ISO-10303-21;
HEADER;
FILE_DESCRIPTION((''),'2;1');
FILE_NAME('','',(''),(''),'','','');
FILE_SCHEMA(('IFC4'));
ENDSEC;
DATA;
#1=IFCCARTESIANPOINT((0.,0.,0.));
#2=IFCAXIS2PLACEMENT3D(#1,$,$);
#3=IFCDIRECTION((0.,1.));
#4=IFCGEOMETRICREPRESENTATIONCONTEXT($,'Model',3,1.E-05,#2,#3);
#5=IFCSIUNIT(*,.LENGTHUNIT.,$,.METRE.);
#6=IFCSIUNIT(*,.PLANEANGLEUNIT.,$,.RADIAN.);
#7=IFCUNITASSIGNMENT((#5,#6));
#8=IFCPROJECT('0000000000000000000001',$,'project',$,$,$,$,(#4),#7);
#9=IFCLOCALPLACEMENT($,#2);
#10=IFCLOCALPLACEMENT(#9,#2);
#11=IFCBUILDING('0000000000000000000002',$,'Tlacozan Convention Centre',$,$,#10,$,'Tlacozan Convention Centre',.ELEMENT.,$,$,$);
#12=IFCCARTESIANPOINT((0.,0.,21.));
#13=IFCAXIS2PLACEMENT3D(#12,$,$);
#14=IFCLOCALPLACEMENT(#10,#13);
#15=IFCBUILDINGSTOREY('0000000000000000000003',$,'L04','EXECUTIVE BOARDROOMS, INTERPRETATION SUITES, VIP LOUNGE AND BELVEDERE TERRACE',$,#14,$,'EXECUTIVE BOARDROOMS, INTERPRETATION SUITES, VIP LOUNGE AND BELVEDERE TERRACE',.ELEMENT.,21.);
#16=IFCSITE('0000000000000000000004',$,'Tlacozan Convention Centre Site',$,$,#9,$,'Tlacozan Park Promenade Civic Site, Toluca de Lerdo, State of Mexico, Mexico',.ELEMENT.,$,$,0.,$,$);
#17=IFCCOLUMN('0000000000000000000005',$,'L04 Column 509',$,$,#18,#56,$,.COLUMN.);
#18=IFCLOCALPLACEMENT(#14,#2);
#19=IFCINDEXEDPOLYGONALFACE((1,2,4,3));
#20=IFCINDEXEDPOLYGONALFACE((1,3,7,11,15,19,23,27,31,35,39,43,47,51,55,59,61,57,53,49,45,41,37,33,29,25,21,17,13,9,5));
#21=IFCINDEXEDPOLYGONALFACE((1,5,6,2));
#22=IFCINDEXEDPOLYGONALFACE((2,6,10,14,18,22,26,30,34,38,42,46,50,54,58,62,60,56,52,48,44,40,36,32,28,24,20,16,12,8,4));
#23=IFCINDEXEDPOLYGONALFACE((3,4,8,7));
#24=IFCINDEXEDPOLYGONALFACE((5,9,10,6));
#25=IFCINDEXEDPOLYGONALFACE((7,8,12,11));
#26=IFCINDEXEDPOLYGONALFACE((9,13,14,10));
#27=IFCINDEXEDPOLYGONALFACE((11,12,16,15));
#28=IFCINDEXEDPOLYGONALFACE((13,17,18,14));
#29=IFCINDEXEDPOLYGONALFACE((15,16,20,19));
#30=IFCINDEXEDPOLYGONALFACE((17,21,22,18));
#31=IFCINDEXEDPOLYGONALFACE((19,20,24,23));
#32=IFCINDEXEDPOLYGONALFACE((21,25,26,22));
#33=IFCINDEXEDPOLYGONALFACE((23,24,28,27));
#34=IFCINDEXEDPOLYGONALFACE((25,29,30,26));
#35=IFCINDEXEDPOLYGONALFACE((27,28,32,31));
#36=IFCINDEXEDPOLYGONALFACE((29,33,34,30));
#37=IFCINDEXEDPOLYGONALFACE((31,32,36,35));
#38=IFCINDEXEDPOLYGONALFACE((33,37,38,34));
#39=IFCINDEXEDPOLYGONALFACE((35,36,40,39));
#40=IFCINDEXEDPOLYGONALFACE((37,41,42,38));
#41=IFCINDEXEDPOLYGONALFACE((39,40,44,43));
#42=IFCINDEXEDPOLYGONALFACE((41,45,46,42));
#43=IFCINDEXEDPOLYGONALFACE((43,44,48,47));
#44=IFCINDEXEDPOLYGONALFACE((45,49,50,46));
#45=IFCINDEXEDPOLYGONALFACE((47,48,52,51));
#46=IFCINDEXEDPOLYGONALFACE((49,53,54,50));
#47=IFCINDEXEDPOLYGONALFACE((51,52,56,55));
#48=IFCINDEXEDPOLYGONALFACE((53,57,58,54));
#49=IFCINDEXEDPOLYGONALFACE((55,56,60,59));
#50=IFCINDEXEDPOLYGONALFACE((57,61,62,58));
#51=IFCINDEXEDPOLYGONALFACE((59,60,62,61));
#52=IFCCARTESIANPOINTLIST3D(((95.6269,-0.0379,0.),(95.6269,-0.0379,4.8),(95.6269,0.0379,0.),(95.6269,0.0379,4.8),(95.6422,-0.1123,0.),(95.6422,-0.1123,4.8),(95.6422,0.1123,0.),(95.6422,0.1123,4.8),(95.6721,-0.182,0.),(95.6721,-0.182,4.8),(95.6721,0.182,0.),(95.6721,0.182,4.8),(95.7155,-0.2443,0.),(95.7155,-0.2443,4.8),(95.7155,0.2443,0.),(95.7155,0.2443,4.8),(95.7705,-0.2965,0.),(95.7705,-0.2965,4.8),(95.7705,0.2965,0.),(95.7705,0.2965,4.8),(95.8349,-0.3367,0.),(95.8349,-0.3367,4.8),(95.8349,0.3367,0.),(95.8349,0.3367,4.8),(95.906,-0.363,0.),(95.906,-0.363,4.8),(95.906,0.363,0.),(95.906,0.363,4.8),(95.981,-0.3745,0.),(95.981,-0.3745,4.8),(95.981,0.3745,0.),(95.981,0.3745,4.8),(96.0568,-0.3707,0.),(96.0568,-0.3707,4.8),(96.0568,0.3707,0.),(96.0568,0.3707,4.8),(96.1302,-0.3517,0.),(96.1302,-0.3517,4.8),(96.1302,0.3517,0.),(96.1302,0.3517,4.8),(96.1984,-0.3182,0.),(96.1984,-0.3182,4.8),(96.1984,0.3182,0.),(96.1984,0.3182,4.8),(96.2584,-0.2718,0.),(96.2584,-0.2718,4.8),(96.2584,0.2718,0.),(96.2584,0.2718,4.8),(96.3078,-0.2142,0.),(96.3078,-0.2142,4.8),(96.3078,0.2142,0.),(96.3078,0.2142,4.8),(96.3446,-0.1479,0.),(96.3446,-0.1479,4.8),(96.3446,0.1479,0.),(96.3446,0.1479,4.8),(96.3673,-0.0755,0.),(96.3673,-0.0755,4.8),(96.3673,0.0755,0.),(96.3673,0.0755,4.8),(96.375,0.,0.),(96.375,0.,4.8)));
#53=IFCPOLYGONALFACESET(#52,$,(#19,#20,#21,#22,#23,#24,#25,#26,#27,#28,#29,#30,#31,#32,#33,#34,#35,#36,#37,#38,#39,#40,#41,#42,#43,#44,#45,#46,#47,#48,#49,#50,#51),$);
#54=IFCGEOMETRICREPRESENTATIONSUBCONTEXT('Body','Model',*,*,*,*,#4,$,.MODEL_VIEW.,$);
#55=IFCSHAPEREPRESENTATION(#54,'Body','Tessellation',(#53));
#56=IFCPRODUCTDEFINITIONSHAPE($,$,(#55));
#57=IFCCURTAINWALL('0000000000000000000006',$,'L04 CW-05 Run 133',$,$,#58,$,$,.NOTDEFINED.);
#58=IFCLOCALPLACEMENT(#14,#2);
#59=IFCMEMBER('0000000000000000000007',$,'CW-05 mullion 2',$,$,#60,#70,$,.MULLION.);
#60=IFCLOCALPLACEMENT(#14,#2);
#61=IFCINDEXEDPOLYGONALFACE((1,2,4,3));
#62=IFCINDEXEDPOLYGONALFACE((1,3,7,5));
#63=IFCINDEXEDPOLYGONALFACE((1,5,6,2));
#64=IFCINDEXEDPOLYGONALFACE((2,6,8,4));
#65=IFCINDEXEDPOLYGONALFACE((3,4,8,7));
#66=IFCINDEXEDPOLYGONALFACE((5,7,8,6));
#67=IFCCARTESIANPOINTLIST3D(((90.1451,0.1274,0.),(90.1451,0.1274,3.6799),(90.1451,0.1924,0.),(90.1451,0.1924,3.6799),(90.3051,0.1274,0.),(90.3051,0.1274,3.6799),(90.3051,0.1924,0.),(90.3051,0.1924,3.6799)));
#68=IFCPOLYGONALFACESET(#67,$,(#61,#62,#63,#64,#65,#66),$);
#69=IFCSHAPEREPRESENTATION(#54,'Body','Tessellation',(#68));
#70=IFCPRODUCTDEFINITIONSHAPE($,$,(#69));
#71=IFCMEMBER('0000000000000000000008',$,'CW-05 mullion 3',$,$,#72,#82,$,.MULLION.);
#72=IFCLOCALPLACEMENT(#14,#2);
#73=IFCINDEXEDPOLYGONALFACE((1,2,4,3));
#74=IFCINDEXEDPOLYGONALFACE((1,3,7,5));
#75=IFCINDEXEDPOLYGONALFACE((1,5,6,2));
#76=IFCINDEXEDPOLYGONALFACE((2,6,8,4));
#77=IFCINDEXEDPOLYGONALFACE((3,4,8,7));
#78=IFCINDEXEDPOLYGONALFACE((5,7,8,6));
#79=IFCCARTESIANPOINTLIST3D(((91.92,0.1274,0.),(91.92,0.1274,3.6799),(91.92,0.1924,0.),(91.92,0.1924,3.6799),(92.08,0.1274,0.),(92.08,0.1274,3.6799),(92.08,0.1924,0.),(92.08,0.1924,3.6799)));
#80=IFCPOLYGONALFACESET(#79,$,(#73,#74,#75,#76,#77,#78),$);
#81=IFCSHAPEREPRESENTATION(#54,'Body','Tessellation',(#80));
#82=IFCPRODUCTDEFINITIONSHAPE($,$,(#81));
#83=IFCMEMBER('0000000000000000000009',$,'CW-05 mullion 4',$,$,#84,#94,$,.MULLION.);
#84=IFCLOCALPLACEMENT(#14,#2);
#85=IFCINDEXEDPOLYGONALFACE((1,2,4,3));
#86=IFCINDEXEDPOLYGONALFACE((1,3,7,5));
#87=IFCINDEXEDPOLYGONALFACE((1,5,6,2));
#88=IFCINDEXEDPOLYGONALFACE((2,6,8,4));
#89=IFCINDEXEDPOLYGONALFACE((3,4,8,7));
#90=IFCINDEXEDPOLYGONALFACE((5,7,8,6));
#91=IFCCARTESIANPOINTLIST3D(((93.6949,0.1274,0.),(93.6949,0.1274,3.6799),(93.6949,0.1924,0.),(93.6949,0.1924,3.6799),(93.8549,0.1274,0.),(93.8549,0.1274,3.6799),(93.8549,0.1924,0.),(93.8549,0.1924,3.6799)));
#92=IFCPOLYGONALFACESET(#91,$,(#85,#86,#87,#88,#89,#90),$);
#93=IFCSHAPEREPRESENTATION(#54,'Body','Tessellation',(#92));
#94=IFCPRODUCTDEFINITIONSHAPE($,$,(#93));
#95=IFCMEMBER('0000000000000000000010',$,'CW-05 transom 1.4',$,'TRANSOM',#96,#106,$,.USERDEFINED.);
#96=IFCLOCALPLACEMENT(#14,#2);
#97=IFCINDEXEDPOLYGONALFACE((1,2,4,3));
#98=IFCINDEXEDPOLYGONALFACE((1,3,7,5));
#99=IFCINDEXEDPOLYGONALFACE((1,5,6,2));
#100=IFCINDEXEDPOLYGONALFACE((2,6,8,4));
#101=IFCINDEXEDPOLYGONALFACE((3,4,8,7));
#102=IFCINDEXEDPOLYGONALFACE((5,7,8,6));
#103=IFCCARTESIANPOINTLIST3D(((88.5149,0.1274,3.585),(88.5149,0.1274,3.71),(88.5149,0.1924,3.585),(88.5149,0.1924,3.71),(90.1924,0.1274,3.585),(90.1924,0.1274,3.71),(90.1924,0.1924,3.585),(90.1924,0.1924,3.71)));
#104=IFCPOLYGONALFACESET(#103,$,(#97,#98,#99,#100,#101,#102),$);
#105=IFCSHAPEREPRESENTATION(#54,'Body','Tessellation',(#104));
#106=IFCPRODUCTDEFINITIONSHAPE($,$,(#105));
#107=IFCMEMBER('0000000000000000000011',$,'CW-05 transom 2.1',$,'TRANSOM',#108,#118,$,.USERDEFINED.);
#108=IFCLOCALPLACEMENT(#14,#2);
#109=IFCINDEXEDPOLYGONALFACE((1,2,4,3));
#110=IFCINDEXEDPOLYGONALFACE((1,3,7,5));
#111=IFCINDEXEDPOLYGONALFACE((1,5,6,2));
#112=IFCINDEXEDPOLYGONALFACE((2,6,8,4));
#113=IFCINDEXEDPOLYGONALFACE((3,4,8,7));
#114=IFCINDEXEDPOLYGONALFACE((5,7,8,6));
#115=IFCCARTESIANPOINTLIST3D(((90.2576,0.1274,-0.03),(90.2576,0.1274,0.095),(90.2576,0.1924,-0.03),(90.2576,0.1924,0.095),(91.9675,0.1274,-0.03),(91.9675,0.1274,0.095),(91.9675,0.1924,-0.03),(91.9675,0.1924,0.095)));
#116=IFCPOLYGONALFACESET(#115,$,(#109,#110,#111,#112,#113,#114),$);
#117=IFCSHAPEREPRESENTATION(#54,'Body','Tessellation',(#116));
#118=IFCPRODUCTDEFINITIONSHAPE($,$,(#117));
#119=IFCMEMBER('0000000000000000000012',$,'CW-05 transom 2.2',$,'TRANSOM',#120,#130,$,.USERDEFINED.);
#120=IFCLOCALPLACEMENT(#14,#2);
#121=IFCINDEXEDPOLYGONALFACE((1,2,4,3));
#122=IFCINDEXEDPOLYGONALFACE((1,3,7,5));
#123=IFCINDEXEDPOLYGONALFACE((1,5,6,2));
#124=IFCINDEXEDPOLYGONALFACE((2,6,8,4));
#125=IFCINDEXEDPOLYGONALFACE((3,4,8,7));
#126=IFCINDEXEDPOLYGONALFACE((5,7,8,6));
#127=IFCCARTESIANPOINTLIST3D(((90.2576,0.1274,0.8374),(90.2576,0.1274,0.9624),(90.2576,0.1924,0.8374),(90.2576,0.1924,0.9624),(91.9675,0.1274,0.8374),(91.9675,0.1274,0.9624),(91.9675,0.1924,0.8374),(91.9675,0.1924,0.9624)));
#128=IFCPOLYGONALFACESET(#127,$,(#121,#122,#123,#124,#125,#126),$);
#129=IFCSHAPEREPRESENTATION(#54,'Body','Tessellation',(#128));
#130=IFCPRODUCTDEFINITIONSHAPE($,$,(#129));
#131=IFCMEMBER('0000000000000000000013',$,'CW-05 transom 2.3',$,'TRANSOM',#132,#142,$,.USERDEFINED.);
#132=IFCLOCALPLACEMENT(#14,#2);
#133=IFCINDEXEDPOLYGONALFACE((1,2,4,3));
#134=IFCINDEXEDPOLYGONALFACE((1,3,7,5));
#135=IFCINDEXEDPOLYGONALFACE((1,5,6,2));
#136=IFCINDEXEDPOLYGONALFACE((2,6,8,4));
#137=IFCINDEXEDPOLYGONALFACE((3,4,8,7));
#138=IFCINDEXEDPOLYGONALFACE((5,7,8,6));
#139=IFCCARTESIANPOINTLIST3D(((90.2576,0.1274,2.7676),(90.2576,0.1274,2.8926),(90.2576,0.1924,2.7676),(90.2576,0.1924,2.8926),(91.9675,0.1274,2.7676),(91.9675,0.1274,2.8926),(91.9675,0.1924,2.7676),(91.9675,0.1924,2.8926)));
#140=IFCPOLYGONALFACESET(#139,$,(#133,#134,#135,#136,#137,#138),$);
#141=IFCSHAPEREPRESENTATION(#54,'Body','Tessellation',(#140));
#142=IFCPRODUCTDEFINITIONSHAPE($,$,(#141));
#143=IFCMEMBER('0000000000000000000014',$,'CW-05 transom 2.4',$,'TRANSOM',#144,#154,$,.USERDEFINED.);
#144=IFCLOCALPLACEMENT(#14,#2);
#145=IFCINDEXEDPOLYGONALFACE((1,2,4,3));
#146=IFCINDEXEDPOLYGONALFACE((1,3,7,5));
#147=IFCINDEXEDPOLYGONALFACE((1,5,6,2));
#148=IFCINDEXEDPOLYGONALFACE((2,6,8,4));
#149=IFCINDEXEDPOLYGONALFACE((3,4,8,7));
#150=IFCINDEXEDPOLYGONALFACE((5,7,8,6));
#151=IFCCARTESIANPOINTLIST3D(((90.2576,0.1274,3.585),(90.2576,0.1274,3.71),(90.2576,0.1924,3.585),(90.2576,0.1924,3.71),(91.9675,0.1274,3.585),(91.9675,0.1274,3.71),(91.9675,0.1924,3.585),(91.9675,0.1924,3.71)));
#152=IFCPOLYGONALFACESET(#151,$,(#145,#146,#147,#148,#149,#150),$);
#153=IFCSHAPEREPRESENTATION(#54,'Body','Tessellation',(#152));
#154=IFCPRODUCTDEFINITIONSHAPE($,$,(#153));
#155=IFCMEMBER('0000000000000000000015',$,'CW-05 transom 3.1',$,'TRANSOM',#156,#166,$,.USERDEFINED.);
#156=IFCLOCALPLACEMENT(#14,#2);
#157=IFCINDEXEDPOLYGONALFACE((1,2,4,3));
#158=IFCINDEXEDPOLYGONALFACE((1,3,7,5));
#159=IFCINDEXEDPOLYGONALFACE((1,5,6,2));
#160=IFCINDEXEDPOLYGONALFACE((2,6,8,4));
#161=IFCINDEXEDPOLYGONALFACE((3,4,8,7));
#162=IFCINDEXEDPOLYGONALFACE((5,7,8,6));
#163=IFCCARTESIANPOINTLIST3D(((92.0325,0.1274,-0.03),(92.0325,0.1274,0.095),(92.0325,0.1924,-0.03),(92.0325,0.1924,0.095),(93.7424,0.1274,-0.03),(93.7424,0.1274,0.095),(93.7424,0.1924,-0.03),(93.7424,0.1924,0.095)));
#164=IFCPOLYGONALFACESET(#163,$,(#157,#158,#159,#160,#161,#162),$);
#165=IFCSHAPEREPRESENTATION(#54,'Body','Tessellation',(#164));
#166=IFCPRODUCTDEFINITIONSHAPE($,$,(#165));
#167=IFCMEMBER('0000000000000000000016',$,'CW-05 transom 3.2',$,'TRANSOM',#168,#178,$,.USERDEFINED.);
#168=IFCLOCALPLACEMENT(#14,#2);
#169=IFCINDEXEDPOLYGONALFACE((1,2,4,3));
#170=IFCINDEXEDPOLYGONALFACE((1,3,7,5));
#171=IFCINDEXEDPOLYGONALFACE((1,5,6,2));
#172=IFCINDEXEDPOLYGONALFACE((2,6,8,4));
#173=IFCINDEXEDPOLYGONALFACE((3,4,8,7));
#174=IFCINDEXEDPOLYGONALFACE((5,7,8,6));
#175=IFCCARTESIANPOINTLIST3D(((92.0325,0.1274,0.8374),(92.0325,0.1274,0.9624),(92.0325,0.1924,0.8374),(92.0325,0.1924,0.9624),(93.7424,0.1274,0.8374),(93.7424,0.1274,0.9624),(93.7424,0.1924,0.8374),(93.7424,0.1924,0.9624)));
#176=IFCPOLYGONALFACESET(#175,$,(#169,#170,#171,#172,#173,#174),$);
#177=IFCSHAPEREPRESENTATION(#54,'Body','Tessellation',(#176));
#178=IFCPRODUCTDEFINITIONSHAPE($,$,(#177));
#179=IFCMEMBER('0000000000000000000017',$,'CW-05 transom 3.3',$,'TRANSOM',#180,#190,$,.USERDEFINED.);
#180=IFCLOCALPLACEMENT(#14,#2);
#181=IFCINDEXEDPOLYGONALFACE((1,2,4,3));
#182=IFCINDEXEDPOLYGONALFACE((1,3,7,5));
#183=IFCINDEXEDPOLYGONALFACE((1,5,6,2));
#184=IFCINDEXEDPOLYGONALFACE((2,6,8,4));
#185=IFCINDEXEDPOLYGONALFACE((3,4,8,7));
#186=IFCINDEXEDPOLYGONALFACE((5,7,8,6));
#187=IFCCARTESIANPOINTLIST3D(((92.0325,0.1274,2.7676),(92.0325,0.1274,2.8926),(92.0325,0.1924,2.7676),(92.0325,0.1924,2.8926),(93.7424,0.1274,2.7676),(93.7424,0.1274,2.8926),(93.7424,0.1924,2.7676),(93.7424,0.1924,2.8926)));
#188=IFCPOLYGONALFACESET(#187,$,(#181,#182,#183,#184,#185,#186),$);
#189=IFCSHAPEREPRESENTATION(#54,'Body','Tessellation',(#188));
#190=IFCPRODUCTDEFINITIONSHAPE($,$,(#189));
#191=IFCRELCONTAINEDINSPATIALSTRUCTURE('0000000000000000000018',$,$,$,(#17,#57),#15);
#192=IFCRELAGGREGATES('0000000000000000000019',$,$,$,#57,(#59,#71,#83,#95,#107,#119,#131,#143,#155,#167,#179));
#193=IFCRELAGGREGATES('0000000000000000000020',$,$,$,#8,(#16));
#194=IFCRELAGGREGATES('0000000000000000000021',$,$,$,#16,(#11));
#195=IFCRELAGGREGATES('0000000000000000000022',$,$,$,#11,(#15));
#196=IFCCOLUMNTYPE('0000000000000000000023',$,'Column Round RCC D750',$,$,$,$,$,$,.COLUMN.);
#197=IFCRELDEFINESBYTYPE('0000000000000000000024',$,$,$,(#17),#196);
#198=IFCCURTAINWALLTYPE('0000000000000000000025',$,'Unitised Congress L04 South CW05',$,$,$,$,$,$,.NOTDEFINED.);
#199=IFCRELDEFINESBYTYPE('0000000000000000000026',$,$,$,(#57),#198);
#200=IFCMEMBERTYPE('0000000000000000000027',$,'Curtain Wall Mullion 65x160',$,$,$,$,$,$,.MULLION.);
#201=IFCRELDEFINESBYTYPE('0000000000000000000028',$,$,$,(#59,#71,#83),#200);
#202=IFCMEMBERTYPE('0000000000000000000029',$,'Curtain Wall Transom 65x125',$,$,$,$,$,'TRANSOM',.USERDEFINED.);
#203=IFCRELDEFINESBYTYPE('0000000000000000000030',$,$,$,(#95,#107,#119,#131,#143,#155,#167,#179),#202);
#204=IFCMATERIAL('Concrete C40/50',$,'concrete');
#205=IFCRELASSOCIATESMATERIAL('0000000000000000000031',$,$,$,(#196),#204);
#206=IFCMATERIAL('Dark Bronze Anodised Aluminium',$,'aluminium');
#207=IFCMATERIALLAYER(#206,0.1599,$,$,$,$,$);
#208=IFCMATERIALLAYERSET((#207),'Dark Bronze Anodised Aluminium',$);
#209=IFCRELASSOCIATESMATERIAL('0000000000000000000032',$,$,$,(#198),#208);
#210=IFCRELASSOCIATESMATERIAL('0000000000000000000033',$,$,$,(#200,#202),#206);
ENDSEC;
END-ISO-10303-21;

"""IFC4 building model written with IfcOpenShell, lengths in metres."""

from ifc_helpers import new_model, si_unit, direction, frame, origin, origin_2d, place, context, subcontext, project, spatial, rectangle, circle, extrude, material, layer, layer_set, material_profile, profile_set, type_object, element, aggregate, save


model = new_model("IFC4")

# Units and contexts
model_context = context("Model", 3, precision=1e-05, world=origin(), true_north=direction((0.0, 1.0)))
body_context = subcontext(model_context, "Body", "Model", "MODEL_VIEW")
ifc_project = project(units=[si_unit("LENGTHUNIT", "METRE"), si_unit("PLANEANGLEUNIT", "RADIAN")], contexts=[model_context])

# Site, building, storey
site_placement = place(None, origin())
site = spatial("IfcSite", under=ifc_project, at=site_placement, Name="Tlacozan Convention Centre Site", LongName="Tlacozan Park Promenade Civic Site, Toluca de Lerdo, State of Mexico, Mexico", CompositionType="ELEMENT", RefElevation=0.0)
building_placement = place(site_placement, origin())
building = spatial("IfcBuilding", under=site, at=building_placement, Name="Tlacozan Convention Centre", LongName="Tlacozan Convention Centre", CompositionType="ELEMENT")
storey_placement = place(building_placement, frame((0.0, 0.0, 21.0)))
storey = spatial("IfcBuildingStorey", under=building, at=storey_placement, Name="L04", Description="EXECUTIVE BOARDROOMS, INTERPRETATION SUITES, VIP LOUNGE AND BELVEDERE TERRACE", LongName="EXECUTIVE BOARDROOMS, INTERPRETATION SUITES, VIP LOUNGE AND BELVEDERE TERRACE", CompositionType="ELEMENT", Elevation=21.0)

# Column
ifc_material_1 = material(Name="Concrete C40/50", Category="concrete")
ifc_material_profile_1 = material_profile(ifc_material_1, circle(Radius=0.375, at=origin_2d()), Name="RCC D750")
ifc_profile_set_1 = profile_set([ifc_material_profile_1], Name="Concrete C40/50")
column_type = type_object("IfcColumnType", Name="Column Round RCC D750", PredefinedType="COLUMN", material=ifc_profile_set_1)
column_placement = place(storey_placement, frame((96.0, 0.0, 0.0), z_axis=(0.0, 0.0, 1.0), x_axis=(1.0, 0.0, 0.0)))
element("IfcColumn", 1, at=column_placement, inside=storey, type_object=column_type, Name="L04 Column 509", PredefinedType="COLUMN", context=body_context, shape_type="SweptSolid", body=[
    extrude(circle(Radius=0.375, at=origin_2d()), origin(), (0.0, 0.0, 1.0), 4.8),
])

# Curtain wall, members
ifc_material_2 = material(Name="Dark Bronze Anodised Aluminium", Category="aluminium")
ifc_layer_1 = layer(ifc_material_2, 0.1599)
ifc_layer_set_1 = layer_set([ifc_layer_1], Name="Dark Bronze Anodised Aluminium")
curtain_wall_type = type_object("IfcCurtainWallType", Name="Unitised Congress L04 South CW05", PredefinedType="NOTDEFINED", material=ifc_layer_set_1)
curtain_wall_placement = place(storey_placement, origin())
curtain_wall = element("IfcCurtainWall", 2, at=curtain_wall_placement, inside=storey, type_object=curtain_wall_type, Name="L04 CW-05 Run 133", PredefinedType="NOTDEFINED")
ifc_material_profile_2 = material_profile(ifc_material_2, rectangle(XDim=0.0649, YDim=0.1599, at=origin_2d()), Name="ALU 65x160")
ifc_profile_set_2 = profile_set([ifc_material_profile_2], Name="Dark Bronze Anodised Aluminium")
member_type_1 = type_object("IfcMemberType", Name="Curtain Wall Mullion 65x160", PredefinedType="MULLION", material=ifc_profile_set_2)
member_1_placement = place(storey_placement, frame((90.2251, 0.1599, 0.0), z_axis=(0.0, 0.0, 1.0), x_axis=(0.0, 1.0, 0.0)))
member_1 = element("IfcMember", 3, at=member_1_placement, type_object=member_type_1, Name="CW-05 mullion 2", PredefinedType="MULLION", context=body_context, shape_type="SweptSolid", body=[
    extrude(rectangle(XDim=0.0649, YDim=0.1599, at=origin_2d()), origin(), (0.0, 0.0, 1.0), 3.6799),
])
member_2_placement = place(storey_placement, frame((92.0, 0.1599, 0.0), z_axis=(0.0, 0.0, 1.0), x_axis=(0.0, 1.0, 0.0)))
member_2 = element("IfcMember", 4, at=member_2_placement, type_object=member_type_1, Name="CW-05 mullion 3", PredefinedType="MULLION", context=body_context, shape_type="SweptSolid", body=[
    extrude(rectangle(XDim=0.0649, YDim=0.1599, at=origin_2d()), origin(), (0.0, 0.0, 1.0), 3.6799),
])
member_3_placement = place(storey_placement, frame((93.7749, 0.1599, 0.0), z_axis=(0.0, 0.0, 1.0), x_axis=(0.0, 1.0, 0.0)))
member_3 = element("IfcMember", 5, at=member_3_placement, type_object=member_type_1, Name="CW-05 mullion 4", PredefinedType="MULLION", context=body_context, shape_type="SweptSolid", body=[
    extrude(rectangle(XDim=0.0649, YDim=0.1599, at=origin_2d()), origin(), (0.0, 0.0, 1.0), 3.6799),
])
ifc_material_profile_3 = material_profile(ifc_material_2, rectangle(XDim=0.0649, YDim=0.125, at=origin_2d()), Name="ALU 65x125")
ifc_profile_set_3 = profile_set([ifc_material_profile_3], Name="Dark Bronze Anodised Aluminium")
member_type_2 = type_object("IfcMemberType", Name="Curtain Wall Transom 65x125", ElementType="TRANSOM", PredefinedType="USERDEFINED", material=ifc_profile_set_3)
member_4_placement = place(storey_placement, frame((88.5149, 0.1599, 3.6475), z_axis=(1.0, 0.0, 0.0), x_axis=(0.0, 1.0, 0.0)))
member_4 = element("IfcMember", 6, at=member_4_placement, type_object=member_type_2, Name="CW-05 transom 1.4", ObjectType="TRANSOM", PredefinedType="USERDEFINED", context=body_context, shape_type="SweptSolid", body=[
    extrude(rectangle(XDim=0.0649, YDim=0.125, at=origin_2d()), origin(), (0.0, 0.0, 1.0), 1.6775),
])
member_5_placement = place(storey_placement, frame((90.2576, 0.1599, 0.0325), z_axis=(1.0, 0.0, 0.0), x_axis=(0.0, 1.0, 0.0)))
member_5 = element("IfcMember", 7, at=member_5_placement, type_object=member_type_2, Name="CW-05 transom 2.1", ObjectType="TRANSOM", PredefinedType="USERDEFINED", context=body_context, shape_type="SweptSolid", body=[
    extrude(rectangle(XDim=0.0649, YDim=0.125, at=origin_2d()), origin(), (0.0, 0.0, 1.0), 1.71),
])
member_6_placement = place(storey_placement, frame((90.2576, 0.1599, 0.8999), z_axis=(1.0, 0.0, 0.0), x_axis=(0.0, 1.0, 0.0)))
member_6 = element("IfcMember", 8, at=member_6_placement, type_object=member_type_2, Name="CW-05 transom 2.2", ObjectType="TRANSOM", PredefinedType="USERDEFINED", context=body_context, shape_type="SweptSolid", body=[
    extrude(rectangle(XDim=0.0649, YDim=0.125, at=origin_2d()), origin(), (0.0, 0.0, 1.0), 1.71),
])
member_7_placement = place(storey_placement, frame((90.2576, 0.1599, 2.8301), z_axis=(1.0, 0.0, 0.0), x_axis=(0.0, 1.0, 0.0)))
member_7 = element("IfcMember", 9, at=member_7_placement, type_object=member_type_2, Name="CW-05 transom 2.3", ObjectType="TRANSOM", PredefinedType="USERDEFINED", context=body_context, shape_type="SweptSolid", body=[
    extrude(rectangle(XDim=0.0649, YDim=0.125, at=origin_2d()), origin(), (0.0, 0.0, 1.0), 1.71),
])
member_8_placement = place(storey_placement, frame((90.2576, 0.1599, 3.6475), z_axis=(1.0, 0.0, 0.0), x_axis=(0.0, 1.0, 0.0)))
member_8 = element("IfcMember", 10, at=member_8_placement, type_object=member_type_2, Name="CW-05 transom 2.4", ObjectType="TRANSOM", PredefinedType="USERDEFINED", context=body_context, shape_type="SweptSolid", body=[
    extrude(rectangle(XDim=0.0649, YDim=0.125, at=origin_2d()), origin(), (0.0, 0.0, 1.0), 1.71),
])
member_9_placement = place(storey_placement, frame((92.0325, 0.1599, 0.0325), z_axis=(1.0, 0.0, 0.0), x_axis=(0.0, 1.0, 0.0)))
member_9 = element("IfcMember", 11, at=member_9_placement, type_object=member_type_2, Name="CW-05 transom 3.1", ObjectType="TRANSOM", PredefinedType="USERDEFINED", context=body_context, shape_type="SweptSolid", body=[
    extrude(rectangle(XDim=0.0649, YDim=0.125, at=origin_2d()), origin(), (0.0, 0.0, 1.0), 1.71),
])
member_10_placement = place(storey_placement, frame((92.0325, 0.1599, 0.8999), z_axis=(1.0, 0.0, 0.0), x_axis=(0.0, 1.0, 0.0)))
member_10 = element("IfcMember", 12, at=member_10_placement, type_object=member_type_2, Name="CW-05 transom 3.2", ObjectType="TRANSOM", PredefinedType="USERDEFINED", context=body_context, shape_type="SweptSolid", body=[
    extrude(rectangle(XDim=0.0649, YDim=0.125, at=origin_2d()), origin(), (0.0, 0.0, 1.0), 1.71),
])
member_11_placement = place(storey_placement, frame((92.0325, 0.1599, 2.8301), z_axis=(1.0, 0.0, 0.0), x_axis=(0.0, 1.0, 0.0)))
member_11 = element("IfcMember", 13, at=member_11_placement, type_object=member_type_2, Name="CW-05 transom 3.3", ObjectType="TRANSOM", PredefinedType="USERDEFINED", context=body_context, shape_type="SweptSolid", body=[
    extrude(rectangle(XDim=0.0649, YDim=0.125, at=origin_2d()), origin(), (0.0, 0.0, 1.0), 1.71),
])

aggregate(curtain_wall, [member_1, member_2, member_3, member_4, member_5, member_6, member_7, member_8, member_9, member_10, member_11])

save(model, "model.ifc")
